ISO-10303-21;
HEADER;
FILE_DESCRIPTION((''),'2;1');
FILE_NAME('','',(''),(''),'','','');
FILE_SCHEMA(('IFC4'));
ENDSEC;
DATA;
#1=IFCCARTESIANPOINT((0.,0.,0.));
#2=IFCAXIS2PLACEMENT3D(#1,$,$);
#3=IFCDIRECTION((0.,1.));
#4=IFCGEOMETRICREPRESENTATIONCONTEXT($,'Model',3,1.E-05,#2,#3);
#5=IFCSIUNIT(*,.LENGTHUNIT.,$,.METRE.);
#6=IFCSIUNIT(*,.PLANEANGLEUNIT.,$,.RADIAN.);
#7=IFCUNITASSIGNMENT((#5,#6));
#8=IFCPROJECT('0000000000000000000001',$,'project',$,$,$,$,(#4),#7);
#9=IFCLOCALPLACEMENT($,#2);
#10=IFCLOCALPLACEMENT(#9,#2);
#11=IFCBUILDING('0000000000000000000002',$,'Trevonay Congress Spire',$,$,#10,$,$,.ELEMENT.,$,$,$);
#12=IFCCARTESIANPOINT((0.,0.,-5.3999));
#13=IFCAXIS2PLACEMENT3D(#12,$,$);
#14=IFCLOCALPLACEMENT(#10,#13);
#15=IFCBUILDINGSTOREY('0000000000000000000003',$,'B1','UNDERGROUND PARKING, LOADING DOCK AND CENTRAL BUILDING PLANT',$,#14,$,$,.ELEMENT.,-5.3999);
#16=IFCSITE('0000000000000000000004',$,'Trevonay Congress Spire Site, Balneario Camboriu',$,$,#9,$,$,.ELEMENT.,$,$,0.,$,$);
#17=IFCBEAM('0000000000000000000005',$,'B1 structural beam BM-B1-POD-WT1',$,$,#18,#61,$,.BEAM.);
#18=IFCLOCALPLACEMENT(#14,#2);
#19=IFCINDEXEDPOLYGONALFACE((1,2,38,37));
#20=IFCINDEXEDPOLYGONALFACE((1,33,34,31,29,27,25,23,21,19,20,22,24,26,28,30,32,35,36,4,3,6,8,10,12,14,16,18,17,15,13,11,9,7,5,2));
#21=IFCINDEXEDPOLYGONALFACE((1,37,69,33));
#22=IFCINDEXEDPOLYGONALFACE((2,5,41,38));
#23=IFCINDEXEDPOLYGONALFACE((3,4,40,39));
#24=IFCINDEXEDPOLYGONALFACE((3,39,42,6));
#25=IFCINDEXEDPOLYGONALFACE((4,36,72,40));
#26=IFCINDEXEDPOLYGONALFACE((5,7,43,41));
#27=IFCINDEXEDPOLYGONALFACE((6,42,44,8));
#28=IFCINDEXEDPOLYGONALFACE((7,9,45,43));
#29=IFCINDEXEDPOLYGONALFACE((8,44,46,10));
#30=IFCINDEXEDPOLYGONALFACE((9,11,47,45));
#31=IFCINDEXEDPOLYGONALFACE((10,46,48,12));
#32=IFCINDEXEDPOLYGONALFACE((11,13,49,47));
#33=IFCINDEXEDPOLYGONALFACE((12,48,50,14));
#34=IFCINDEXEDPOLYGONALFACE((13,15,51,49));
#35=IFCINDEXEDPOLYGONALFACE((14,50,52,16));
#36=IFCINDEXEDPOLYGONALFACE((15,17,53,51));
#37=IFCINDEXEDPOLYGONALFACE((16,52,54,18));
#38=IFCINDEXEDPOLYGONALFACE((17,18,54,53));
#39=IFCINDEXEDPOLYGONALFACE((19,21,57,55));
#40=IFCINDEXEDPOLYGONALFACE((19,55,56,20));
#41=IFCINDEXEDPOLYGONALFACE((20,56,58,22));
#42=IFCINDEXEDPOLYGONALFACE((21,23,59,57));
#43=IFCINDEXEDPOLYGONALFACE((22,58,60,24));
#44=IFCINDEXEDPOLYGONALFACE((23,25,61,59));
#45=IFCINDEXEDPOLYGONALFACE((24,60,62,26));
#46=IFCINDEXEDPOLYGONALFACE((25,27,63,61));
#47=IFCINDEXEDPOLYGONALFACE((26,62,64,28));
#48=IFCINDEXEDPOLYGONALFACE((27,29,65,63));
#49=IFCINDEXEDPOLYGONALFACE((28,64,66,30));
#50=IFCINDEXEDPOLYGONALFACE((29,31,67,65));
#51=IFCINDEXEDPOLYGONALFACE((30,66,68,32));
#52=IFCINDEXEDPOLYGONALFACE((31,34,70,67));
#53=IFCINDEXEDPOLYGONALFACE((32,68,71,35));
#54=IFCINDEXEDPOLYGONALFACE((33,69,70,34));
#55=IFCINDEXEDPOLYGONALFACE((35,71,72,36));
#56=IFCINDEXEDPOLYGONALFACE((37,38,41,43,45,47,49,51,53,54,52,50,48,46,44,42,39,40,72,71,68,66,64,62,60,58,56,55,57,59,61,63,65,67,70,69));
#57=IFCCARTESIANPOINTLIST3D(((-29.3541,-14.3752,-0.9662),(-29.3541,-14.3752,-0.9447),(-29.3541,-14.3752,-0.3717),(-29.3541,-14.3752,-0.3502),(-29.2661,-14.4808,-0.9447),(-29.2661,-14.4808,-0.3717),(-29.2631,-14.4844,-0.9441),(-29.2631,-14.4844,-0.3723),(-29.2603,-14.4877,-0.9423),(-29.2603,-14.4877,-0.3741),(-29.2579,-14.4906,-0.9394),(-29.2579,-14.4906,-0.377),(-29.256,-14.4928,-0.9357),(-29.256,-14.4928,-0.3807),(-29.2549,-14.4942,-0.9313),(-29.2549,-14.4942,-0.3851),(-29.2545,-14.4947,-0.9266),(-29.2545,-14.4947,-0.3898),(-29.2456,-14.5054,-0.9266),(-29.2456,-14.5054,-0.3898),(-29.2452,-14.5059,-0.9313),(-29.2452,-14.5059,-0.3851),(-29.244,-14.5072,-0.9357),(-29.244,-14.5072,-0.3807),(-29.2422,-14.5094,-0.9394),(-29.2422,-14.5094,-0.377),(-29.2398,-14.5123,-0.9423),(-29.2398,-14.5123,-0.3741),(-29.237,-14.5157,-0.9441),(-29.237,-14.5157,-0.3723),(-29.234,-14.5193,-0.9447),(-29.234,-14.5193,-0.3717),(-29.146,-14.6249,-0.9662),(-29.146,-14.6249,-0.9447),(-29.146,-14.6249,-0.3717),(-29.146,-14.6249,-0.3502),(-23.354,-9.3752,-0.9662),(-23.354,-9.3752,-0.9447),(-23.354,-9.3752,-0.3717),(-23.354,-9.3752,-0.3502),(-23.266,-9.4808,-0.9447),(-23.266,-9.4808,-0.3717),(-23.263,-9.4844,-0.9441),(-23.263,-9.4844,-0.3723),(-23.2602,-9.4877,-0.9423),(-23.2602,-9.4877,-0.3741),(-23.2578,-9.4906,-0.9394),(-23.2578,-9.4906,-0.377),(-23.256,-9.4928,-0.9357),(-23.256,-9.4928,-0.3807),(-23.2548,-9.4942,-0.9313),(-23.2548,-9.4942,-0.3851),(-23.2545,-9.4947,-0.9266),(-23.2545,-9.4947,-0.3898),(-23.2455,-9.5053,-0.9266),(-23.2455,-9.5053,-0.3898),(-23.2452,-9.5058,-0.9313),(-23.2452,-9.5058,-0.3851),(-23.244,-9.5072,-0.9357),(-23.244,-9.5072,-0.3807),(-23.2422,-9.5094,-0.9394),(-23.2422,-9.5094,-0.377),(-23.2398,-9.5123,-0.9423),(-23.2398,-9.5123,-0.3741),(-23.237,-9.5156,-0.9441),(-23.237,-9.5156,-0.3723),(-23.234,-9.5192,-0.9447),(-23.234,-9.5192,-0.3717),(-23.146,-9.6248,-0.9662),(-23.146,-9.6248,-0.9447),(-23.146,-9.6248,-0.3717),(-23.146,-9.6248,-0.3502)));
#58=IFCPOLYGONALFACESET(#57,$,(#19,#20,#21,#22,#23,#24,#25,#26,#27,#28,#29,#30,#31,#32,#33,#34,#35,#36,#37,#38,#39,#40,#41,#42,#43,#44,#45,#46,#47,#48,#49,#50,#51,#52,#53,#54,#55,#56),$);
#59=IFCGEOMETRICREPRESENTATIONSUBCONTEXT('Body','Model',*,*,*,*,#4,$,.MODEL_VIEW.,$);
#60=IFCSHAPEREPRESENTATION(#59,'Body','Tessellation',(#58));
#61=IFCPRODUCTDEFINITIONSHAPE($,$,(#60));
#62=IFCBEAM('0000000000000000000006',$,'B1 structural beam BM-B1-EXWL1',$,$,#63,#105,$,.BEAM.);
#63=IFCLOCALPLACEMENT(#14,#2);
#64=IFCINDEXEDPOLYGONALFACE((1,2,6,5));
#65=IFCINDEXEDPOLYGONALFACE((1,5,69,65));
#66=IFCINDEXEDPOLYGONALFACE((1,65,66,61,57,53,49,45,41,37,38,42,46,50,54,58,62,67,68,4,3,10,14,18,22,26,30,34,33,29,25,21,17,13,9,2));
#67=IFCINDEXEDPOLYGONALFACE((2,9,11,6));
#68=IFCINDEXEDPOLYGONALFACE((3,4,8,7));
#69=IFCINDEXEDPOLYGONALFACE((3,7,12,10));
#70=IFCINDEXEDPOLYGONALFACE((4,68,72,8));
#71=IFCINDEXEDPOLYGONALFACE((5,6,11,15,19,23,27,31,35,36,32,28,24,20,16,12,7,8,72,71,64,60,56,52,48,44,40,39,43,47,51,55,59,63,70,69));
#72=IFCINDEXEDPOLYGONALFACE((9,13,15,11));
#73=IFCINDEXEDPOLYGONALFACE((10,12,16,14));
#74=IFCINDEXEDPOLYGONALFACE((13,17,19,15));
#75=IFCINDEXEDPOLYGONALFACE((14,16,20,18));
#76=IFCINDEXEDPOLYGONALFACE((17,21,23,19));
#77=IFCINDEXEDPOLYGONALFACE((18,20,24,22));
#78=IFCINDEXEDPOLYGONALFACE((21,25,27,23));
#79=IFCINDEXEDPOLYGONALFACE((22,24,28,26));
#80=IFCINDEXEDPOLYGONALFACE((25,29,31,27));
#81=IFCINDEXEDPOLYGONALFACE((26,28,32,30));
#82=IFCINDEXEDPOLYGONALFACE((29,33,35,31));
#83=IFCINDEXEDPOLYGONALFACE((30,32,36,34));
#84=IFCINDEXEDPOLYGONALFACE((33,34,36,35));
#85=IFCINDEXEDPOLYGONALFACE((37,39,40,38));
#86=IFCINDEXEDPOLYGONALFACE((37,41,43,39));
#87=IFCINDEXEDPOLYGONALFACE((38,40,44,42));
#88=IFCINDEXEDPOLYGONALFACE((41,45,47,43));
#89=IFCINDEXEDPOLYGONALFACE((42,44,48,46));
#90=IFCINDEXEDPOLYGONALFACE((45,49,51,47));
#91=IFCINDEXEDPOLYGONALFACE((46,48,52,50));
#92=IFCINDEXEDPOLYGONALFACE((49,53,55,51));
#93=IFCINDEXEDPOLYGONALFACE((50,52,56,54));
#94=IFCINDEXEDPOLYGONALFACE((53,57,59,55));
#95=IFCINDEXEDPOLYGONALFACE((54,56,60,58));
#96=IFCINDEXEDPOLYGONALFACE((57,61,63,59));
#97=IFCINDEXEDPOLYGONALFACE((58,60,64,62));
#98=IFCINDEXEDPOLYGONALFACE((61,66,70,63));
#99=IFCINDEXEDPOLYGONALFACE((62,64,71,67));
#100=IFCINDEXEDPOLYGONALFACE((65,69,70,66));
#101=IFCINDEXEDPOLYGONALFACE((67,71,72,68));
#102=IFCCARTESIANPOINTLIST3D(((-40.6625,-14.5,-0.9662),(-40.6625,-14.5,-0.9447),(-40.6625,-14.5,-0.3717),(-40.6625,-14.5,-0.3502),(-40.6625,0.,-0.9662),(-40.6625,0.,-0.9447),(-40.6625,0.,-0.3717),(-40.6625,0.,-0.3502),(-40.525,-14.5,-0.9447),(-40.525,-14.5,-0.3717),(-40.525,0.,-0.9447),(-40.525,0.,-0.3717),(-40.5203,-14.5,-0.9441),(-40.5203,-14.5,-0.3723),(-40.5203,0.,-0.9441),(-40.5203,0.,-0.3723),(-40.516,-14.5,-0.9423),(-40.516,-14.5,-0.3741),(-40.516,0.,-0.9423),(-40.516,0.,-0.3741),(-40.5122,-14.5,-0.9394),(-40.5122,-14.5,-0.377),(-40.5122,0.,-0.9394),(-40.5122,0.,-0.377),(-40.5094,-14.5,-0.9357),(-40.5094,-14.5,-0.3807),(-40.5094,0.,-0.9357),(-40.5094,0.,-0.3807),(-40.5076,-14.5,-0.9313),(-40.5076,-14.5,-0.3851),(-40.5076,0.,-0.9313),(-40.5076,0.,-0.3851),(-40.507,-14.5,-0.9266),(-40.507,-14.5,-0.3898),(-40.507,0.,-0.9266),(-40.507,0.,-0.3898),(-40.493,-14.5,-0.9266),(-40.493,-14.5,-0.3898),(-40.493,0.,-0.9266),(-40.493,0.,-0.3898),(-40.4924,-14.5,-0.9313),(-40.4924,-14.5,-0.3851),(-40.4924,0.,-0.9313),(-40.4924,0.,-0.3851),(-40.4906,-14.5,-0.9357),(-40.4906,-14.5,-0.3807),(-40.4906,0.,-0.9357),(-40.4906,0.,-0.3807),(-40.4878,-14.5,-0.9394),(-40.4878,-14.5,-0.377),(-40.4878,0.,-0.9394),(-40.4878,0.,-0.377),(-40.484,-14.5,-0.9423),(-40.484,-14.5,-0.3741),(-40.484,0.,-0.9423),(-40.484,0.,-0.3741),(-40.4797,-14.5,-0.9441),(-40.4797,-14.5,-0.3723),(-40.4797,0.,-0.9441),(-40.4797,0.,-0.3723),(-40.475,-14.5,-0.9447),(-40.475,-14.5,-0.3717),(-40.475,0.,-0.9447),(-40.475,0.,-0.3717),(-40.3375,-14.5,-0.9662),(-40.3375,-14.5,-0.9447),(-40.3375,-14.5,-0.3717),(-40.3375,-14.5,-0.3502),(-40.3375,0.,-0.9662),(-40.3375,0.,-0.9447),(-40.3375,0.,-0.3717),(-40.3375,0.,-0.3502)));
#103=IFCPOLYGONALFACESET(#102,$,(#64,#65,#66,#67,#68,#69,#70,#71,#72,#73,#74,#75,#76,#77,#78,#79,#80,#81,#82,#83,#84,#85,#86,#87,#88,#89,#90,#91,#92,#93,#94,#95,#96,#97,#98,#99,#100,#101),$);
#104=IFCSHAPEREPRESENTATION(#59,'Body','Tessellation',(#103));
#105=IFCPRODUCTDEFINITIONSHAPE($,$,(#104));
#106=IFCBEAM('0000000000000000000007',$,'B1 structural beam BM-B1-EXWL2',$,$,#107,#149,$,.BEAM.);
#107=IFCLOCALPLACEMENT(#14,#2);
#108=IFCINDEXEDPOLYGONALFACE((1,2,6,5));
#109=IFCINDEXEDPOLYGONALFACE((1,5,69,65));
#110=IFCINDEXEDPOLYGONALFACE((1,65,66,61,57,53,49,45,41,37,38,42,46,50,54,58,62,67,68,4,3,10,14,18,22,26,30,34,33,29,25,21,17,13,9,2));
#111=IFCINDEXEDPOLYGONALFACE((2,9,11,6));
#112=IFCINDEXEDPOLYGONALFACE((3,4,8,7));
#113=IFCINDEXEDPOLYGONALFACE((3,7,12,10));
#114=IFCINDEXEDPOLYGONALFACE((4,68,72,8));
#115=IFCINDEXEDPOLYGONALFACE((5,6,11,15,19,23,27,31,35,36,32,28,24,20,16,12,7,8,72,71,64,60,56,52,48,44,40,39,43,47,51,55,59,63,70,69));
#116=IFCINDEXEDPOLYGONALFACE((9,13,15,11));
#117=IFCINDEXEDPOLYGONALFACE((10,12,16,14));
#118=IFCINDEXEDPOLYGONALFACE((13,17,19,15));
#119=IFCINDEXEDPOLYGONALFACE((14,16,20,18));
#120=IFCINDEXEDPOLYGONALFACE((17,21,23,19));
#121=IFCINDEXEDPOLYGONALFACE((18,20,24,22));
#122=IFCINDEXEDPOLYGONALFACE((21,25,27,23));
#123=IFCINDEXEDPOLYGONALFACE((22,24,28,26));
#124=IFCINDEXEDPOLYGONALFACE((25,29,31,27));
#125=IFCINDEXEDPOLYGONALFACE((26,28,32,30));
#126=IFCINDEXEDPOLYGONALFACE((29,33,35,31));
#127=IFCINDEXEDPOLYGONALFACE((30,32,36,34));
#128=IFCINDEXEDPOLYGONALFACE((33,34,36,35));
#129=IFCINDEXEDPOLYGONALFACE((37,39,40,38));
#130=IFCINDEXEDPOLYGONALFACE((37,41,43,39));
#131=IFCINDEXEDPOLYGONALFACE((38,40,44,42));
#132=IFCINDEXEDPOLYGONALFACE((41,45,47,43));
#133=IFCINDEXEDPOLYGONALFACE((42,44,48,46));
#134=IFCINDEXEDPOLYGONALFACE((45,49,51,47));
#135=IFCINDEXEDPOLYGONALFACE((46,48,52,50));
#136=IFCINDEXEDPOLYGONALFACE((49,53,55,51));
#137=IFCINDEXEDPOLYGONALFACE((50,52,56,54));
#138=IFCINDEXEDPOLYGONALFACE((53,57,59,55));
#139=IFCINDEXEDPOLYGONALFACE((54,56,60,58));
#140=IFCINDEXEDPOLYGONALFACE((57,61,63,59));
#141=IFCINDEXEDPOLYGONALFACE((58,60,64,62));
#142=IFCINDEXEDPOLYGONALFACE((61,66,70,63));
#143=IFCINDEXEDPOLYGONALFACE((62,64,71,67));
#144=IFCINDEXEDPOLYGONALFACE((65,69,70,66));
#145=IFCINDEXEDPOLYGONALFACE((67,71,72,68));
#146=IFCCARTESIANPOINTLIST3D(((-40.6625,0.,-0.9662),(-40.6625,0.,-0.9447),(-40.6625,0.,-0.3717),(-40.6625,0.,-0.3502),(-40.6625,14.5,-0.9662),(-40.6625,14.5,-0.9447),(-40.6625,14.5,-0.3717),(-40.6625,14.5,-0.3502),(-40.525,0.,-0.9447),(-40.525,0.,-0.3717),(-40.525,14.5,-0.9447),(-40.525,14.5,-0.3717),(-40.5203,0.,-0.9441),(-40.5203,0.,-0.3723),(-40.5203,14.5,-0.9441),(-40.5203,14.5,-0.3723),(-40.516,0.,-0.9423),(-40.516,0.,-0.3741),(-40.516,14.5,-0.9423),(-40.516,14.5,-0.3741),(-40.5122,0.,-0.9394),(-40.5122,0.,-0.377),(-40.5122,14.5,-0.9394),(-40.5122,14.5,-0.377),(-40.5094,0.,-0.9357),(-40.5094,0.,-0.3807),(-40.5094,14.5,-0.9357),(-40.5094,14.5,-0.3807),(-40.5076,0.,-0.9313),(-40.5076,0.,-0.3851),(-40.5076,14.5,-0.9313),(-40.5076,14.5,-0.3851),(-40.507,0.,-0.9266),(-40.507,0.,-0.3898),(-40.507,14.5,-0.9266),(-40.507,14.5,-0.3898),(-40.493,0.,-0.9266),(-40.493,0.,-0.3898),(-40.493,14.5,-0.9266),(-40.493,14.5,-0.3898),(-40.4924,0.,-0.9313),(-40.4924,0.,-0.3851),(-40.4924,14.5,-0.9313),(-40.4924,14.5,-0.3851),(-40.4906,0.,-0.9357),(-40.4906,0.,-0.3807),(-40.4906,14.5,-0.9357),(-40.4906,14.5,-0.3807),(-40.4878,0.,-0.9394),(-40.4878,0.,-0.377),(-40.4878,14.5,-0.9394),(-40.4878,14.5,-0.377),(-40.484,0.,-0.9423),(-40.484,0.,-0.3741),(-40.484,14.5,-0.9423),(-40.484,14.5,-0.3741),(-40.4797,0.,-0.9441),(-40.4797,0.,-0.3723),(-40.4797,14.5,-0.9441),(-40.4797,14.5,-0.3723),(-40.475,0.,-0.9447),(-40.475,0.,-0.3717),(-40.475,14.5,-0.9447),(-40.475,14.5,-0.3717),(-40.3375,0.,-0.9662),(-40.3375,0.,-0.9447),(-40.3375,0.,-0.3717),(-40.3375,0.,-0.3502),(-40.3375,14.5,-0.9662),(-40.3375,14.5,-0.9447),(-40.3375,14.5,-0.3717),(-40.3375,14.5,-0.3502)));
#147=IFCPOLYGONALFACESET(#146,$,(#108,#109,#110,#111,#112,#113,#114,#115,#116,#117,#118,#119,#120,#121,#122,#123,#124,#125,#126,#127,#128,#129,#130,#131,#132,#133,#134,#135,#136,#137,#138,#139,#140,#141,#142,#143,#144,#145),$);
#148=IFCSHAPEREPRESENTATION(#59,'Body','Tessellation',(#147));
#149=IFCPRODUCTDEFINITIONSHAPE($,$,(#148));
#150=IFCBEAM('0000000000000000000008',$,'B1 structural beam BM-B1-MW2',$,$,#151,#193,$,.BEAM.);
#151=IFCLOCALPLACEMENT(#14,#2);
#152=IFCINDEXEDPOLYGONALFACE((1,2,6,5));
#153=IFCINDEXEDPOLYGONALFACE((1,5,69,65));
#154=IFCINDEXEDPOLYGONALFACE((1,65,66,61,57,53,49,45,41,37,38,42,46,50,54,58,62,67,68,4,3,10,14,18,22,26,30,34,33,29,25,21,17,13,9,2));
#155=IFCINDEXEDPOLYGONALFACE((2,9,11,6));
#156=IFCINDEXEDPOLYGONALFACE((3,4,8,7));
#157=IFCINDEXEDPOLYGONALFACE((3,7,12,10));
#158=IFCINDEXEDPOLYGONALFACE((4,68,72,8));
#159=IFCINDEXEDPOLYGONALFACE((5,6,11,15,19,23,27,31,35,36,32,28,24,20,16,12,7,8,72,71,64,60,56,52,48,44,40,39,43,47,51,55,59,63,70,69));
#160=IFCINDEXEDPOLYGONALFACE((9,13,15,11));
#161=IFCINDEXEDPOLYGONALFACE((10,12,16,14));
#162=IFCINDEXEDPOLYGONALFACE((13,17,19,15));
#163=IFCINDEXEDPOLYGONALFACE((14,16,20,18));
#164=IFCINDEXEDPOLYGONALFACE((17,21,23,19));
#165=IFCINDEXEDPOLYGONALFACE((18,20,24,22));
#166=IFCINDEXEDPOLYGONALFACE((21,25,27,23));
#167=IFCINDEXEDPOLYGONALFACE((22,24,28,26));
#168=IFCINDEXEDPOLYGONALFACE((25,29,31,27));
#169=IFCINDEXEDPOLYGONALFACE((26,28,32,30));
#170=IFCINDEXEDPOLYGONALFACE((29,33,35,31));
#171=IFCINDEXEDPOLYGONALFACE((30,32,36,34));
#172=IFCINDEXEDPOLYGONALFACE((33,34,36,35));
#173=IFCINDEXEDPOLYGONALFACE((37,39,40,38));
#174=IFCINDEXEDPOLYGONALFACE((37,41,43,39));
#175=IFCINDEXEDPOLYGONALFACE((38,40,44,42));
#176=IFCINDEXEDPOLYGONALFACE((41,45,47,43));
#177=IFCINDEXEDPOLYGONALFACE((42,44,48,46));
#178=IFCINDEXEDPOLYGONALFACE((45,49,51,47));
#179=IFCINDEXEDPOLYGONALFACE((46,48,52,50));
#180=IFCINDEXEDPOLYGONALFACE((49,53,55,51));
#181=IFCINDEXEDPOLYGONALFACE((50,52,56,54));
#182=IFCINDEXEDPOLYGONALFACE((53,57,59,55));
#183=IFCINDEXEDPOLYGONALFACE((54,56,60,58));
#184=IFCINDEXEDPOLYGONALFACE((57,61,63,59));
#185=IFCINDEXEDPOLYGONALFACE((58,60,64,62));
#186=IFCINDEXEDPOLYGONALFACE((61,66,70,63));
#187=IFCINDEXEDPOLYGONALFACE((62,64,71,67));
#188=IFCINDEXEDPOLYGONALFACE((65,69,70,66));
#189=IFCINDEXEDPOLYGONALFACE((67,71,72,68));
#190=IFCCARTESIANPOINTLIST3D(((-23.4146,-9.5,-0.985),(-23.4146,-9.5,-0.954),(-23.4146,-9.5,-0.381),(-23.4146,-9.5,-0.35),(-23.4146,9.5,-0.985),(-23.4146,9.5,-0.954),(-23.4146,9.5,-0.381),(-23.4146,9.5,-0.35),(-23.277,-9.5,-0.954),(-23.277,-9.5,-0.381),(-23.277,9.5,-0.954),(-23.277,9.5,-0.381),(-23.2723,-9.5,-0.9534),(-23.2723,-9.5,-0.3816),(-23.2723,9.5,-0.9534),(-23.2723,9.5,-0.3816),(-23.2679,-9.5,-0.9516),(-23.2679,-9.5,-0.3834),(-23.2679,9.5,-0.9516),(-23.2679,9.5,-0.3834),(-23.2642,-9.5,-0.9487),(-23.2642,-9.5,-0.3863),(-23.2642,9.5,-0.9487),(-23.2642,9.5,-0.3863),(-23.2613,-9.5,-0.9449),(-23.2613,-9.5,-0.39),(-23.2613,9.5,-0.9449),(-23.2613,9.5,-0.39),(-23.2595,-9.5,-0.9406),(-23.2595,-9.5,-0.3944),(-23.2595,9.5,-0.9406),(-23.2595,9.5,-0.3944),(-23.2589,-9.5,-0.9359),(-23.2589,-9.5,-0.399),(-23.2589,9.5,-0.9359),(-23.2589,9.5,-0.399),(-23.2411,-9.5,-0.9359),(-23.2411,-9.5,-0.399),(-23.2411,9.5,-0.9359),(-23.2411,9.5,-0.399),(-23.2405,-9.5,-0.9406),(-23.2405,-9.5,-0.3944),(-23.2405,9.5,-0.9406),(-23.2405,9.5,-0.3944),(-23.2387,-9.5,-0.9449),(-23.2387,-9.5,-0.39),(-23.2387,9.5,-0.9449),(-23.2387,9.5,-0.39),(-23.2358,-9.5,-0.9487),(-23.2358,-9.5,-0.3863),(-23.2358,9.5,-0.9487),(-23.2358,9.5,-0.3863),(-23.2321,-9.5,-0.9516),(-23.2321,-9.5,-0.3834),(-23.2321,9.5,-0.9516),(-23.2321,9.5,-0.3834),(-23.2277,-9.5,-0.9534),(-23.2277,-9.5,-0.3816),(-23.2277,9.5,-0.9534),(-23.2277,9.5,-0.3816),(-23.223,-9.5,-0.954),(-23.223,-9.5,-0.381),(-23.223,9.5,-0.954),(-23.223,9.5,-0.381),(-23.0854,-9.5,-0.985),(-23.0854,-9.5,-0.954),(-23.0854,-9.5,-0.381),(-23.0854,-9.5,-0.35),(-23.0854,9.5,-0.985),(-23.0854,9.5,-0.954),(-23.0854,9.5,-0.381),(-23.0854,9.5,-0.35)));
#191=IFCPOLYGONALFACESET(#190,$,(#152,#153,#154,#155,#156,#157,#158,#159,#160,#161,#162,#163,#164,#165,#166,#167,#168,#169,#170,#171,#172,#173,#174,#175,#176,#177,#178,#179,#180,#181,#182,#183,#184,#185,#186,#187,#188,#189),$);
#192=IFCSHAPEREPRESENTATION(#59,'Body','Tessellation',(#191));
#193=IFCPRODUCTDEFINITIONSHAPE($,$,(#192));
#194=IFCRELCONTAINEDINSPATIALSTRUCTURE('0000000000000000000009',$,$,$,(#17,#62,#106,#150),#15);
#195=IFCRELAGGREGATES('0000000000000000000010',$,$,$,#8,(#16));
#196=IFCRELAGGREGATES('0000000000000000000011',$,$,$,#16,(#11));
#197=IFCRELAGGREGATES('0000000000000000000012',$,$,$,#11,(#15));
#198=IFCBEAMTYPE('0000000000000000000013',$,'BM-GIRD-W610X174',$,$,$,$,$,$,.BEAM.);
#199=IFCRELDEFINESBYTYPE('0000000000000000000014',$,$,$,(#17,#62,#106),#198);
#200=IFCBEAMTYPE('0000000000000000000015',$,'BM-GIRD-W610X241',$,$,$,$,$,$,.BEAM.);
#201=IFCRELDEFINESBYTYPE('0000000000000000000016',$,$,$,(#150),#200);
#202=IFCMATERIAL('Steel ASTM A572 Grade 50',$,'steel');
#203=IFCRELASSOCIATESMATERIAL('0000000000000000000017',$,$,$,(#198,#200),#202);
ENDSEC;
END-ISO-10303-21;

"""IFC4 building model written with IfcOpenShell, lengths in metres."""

from ifc_helpers import new_model, si_unit, direction, frame, origin, origin_2d, place, context, subcontext, project, spatial, i_section, extrude, material, material_profile, profile_set, type_object, element, save


model = new_model("IFC4")

# Units and contexts
model_context = context("Model", 3, precision=1e-05, world=origin(), true_north=direction((0.0, 1.0)))
body_context = subcontext(model_context, "Body", "Model", "MODEL_VIEW")
ifc_project = project(units=[si_unit("LENGTHUNIT", "METRE"), si_unit("PLANEANGLEUNIT", "RADIAN")], contexts=[model_context])

# Site, building, storey
site_placement = place(None, origin())
site = spatial("IfcSite", under=ifc_project, at=site_placement, Name="Trevonay Congress Spire Site, Balneario Camboriu", CompositionType="ELEMENT", RefElevation=0.0)
building_placement = place(site_placement, origin())
building = spatial("IfcBuilding", under=site, at=building_placement, Name="Trevonay Congress Spire", CompositionType="ELEMENT")
storey_placement = place(building_placement, frame((0.0, 0.0, -5.3999)))
storey = spatial("IfcBuildingStorey", under=building, at=storey_placement, Name="B1", Description="UNDERGROUND PARKING, LOADING DOCK AND CENTRAL BUILDING PLANT", CompositionType="ELEMENT", Elevation=-5.3999)

# Beams
ifc_material_1 = material(Name="Steel ASTM A572 Grade 50", Category="steel")
ifc_material_profile_1 = material_profile(ifc_material_1, i_section(OverallWidth=0.325, OverallDepth=0.616, WebThickness=0.0139, FlangeThickness=0.0215, FilletRadius=0.0181, at=origin_2d()), Name="W610x174")
ifc_profile_set_1 = profile_set([ifc_material_profile_1], Name="Steel ASTM A572 Grade 50")
beam_type_1 = type_object("IfcBeamType", Name="BM-GIRD-W610X174", PredefinedType="BEAM", material=ifc_profile_set_1)
beam_1_placement = place(storey_placement, frame((-23.25, -9.5, -0.6582), z_axis=(-0.768221, -0.640184, 0.0), x_axis=(0.640184, -0.768221, 0.0)))
element("IfcBeam", 1, at=beam_1_placement, inside=storey, type_object=beam_type_1, Name="B1 structural beam BM-B1-POD-WT1", PredefinedType="BEAM", context=body_context, shape_type="SweptSolid", body=[
    extrude(i_section(OverallWidth=0.325, OverallDepth=0.616, WebThickness=0.0139, FlangeThickness=0.0215, FilletRadius=0.0181, at=origin_2d()), origin(), (0.0, 0.0, 1.0), 7.8103),
])
for number, where, z_axis, x_axis, name in (
    (2, (-40.5, -14.5, -0.6582), (0.0, 1.0, 0.0), (-1.0, 0.0, 0.0), "B1 structural beam BM-B1-EXWL1"),
    (3, (-40.5, 0.0, -0.6582), (0.0, 1.0, 0.0), (-1.0, 0.0, 0.0), "B1 structural beam BM-B1-EXWL2"),
):
    element("IfcBeam", number, at=place(storey_placement, frame(where, z_axis=z_axis, x_axis=x_axis)), inside=storey, type_object=beam_type_1, Name=name, PredefinedType="BEAM", context=body_context, shape_type="SweptSolid", body=[
        extrude(i_section(OverallWidth=0.325, OverallDepth=0.616, WebThickness=0.0139, FlangeThickness=0.0215, FilletRadius=0.0181, at=origin_2d()), origin(), (0.0, 0.0, 1.0), 14.5),
    ])
ifc_material_profile_2 = material_profile(ifc_material_1, i_section(OverallWidth=0.3291, OverallDepth=0.635, WebThickness=0.0178, FlangeThickness=0.031, FilletRadius=0.0181, at=origin_2d()), Name="W610x241")
ifc_profile_set_2 = profile_set([ifc_material_profile_2], Name="Steel ASTM A572 Grade 50")
beam_type_2 = type_object("IfcBeamType", Name="BM-GIRD-W610X241", PredefinedType="BEAM", material=ifc_profile_set_2)
beam_2_placement = place(storey_placement, frame((-23.25, -9.5, -0.6675), z_axis=(0.0, 1.0, 0.0), x_axis=(-1.0, 0.0, 0.0)))
element("IfcBeam", 4, at=beam_2_placement, inside=storey, type_object=beam_type_2, Name="B1 structural beam BM-B1-MW2", PredefinedType="BEAM", context=body_context, shape_type="SweptSolid", body=[
    extrude(i_section(OverallWidth=0.3291, OverallDepth=0.635, WebThickness=0.0178, FlangeThickness=0.031, FilletRadius=0.0181, at=origin_2d()), origin(), (0.0, 0.0, 1.0), 19.0),
])

save(model, "model.ifc")
